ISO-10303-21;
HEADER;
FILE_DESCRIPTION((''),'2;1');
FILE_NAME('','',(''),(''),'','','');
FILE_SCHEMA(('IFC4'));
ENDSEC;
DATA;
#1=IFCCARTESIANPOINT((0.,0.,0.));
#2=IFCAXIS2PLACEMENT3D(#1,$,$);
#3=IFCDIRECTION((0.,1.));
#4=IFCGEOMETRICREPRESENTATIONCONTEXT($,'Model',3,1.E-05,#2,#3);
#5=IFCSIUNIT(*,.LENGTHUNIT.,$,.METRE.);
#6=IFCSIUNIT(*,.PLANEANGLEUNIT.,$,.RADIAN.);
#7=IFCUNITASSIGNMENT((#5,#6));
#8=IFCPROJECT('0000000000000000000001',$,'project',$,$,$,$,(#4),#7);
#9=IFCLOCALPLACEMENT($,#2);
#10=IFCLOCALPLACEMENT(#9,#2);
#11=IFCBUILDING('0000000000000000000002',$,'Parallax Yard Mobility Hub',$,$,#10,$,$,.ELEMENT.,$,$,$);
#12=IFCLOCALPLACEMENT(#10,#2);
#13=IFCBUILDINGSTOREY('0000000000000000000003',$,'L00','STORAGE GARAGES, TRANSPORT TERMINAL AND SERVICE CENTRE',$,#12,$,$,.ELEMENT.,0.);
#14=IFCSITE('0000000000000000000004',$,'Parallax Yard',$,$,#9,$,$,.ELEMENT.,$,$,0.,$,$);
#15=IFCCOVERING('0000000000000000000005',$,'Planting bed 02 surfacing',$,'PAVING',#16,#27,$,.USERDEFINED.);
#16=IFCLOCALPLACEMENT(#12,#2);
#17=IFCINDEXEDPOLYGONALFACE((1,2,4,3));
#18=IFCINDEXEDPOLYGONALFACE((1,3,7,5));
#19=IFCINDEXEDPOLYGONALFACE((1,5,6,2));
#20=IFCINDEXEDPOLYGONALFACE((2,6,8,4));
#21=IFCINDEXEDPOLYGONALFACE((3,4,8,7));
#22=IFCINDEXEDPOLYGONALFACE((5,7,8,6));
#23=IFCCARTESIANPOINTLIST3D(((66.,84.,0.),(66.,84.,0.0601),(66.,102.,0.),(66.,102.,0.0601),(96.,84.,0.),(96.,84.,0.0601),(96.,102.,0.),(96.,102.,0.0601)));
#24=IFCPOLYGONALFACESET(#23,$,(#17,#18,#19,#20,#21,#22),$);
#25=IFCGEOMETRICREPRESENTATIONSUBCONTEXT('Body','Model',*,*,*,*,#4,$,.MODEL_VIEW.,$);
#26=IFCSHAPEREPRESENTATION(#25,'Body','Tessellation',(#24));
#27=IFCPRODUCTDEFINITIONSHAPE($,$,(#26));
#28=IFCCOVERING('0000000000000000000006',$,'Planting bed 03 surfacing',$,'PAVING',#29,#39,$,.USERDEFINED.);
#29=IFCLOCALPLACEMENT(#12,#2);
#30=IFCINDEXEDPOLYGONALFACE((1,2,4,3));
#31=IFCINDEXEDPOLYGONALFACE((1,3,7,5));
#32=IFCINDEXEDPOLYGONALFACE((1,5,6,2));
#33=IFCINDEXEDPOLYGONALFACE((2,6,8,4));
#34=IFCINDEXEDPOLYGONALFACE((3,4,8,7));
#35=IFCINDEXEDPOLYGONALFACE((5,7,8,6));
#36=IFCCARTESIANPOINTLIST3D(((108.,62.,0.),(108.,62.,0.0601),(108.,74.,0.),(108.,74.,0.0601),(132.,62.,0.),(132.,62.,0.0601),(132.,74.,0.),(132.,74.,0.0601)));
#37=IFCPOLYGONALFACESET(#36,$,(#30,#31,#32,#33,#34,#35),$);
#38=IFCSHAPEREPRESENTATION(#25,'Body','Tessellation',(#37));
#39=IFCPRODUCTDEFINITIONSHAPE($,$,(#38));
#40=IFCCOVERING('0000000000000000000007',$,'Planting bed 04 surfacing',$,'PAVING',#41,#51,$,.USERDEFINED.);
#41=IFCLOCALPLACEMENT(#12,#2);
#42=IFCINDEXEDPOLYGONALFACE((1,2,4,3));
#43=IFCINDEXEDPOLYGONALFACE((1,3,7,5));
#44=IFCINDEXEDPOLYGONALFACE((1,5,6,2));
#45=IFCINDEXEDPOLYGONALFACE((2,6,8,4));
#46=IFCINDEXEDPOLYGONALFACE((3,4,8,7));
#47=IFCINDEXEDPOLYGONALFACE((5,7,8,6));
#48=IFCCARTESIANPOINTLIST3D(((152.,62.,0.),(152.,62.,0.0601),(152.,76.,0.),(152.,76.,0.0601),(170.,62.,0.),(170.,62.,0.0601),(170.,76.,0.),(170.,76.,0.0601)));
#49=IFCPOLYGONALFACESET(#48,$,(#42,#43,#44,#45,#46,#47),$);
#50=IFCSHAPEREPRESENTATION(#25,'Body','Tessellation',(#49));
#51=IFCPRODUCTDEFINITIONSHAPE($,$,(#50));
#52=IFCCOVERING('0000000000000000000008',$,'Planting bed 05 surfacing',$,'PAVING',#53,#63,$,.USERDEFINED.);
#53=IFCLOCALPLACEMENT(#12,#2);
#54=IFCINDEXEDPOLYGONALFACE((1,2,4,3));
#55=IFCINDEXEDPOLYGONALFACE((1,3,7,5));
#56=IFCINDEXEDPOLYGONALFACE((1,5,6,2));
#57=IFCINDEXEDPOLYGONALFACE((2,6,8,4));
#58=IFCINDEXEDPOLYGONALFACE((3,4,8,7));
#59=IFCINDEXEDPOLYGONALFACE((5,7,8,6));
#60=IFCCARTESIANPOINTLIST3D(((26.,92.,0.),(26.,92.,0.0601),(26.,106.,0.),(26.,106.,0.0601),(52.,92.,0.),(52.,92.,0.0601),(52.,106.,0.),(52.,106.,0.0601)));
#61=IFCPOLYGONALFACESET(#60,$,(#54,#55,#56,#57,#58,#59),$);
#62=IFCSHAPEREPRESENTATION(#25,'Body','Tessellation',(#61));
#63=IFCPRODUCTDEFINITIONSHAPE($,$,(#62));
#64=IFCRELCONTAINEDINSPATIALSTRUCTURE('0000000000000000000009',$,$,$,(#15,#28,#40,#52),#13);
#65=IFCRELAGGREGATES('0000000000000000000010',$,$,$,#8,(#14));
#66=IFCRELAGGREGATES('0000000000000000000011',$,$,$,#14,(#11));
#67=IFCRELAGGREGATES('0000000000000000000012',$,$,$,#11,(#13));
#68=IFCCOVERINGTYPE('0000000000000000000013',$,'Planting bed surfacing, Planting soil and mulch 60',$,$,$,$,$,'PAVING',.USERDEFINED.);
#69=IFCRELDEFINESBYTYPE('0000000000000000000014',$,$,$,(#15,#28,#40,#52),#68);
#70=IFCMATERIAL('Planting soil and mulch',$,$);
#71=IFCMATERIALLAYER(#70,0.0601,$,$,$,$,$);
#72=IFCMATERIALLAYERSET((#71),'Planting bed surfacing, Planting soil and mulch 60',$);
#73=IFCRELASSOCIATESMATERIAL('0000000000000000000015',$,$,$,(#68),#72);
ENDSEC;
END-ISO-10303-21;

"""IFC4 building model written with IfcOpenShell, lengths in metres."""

from ifc_helpers import new_model, si_unit, direction, origin, place, context, subcontext, project, spatial, polyline, outline, extrude, material, layer, layer_set, type_object, element, save


model = new_model("IFC4")

# Units and contexts
model_context = context("Model", 3, precision=1e-05, world=origin(), true_north=direction((0.0, 1.0)))
body_context = subcontext(model_context, "Body", "Model", "MODEL_VIEW")
ifc_project = project(units=[si_unit("LENGTHUNIT", "METRE"), si_unit("PLANEANGLEUNIT", "RADIAN")], contexts=[model_context])

# Site, building, storey
site_placement = place(None, origin())
site = spatial("IfcSite", under=ifc_project, at=site_placement, Name="Parallax Yard", CompositionType="ELEMENT", RefElevation=0.0)
building_placement = place(site_placement, origin())
building = spatial("IfcBuilding", under=site, at=building_placement, Name="Parallax Yard Mobility Hub", CompositionType="ELEMENT")
storey_placement = place(building_placement, origin())
storey = spatial("IfcBuildingStorey", under=building, at=storey_placement, Name="L00", Description="STORAGE GARAGES, TRANSPORT TERMINAL AND SERVICE CENTRE", CompositionType="ELEMENT", Elevation=0.0)

# Coverings
ifc_material_1 = material(Name="Planting soil and mulch")
ifc_layer_1 = layer(ifc_material_1, 0.0601)
ifc_layer_set_1 = layer_set([ifc_layer_1], Name="Planting bed surfacing, Planting soil and mulch 60")
covering_type_1 = type_object("IfcCoveringType", Name="Planting bed surfacing, Planting soil and mulch 60", ElementType="PAVING", PredefinedType="USERDEFINED", material=ifc_layer_set_1)
covering_1_placement = place(storey_placement, origin())
element("IfcCovering", 1, at=covering_1_placement, inside=storey, type_object=covering_type_1, Name="Planting bed 02 surfacing", ObjectType="PAVING", PredefinedType="USERDEFINED", context=body_context, shape_type="SweptSolid", body=[
    extrude(outline(polyline([(66.0, 84.0), (96.0, 84.0), (96.0, 102.0), (66.0, 102.0), (66.0, 84.0)])), origin(), (0.0, 0.0, 1.0), 0.0601),
])
covering_2_placement = place(storey_placement, origin())
element("IfcCovering", 2, at=covering_2_placement, inside=storey, type_object=covering_type_1, Name="Planting bed 03 surfacing", ObjectType="PAVING", PredefinedType="USERDEFINED", context=body_context, shape_type="SweptSolid", body=[
    extrude(outline(polyline([(108.0, 62.0), (132.0, 62.0), (132.0, 74.0), (108.0, 74.0), (108.0, 62.0)])), origin(), (0.0, 0.0, 1.0), 0.0601),
])
covering_3_placement = place(storey_placement, origin())
element("IfcCovering", 3, at=covering_3_placement, inside=storey, type_object=covering_type_1, Name="Planting bed 04 surfacing", ObjectType="PAVING", PredefinedType="USERDEFINED", context=body_context, shape_type="SweptSolid", body=[
    extrude(outline(polyline([(152.0, 62.0), (170.0, 62.0), (170.0, 76.0), (152.0, 76.0), (152.0, 62.0)])), origin(), (0.0, 0.0, 1.0), 0.0601),
])
covering_4_placement = place(storey_placement, origin())
element("IfcCovering", 4, at=covering_4_placement, inside=storey, type_object=covering_type_1, Name="Planting bed 05 surfacing", ObjectType="PAVING", PredefinedType="USERDEFINED", context=body_context, shape_type="SweptSolid", body=[
    extrude(outline(polyline([(26.0, 92.0), (52.0, 92.0), (52.0, 106.0), (26.0, 106.0), (26.0, 92.0)])), origin(), (0.0, 0.0, 1.0), 0.0601),
])

save(model, "model.ifc")
